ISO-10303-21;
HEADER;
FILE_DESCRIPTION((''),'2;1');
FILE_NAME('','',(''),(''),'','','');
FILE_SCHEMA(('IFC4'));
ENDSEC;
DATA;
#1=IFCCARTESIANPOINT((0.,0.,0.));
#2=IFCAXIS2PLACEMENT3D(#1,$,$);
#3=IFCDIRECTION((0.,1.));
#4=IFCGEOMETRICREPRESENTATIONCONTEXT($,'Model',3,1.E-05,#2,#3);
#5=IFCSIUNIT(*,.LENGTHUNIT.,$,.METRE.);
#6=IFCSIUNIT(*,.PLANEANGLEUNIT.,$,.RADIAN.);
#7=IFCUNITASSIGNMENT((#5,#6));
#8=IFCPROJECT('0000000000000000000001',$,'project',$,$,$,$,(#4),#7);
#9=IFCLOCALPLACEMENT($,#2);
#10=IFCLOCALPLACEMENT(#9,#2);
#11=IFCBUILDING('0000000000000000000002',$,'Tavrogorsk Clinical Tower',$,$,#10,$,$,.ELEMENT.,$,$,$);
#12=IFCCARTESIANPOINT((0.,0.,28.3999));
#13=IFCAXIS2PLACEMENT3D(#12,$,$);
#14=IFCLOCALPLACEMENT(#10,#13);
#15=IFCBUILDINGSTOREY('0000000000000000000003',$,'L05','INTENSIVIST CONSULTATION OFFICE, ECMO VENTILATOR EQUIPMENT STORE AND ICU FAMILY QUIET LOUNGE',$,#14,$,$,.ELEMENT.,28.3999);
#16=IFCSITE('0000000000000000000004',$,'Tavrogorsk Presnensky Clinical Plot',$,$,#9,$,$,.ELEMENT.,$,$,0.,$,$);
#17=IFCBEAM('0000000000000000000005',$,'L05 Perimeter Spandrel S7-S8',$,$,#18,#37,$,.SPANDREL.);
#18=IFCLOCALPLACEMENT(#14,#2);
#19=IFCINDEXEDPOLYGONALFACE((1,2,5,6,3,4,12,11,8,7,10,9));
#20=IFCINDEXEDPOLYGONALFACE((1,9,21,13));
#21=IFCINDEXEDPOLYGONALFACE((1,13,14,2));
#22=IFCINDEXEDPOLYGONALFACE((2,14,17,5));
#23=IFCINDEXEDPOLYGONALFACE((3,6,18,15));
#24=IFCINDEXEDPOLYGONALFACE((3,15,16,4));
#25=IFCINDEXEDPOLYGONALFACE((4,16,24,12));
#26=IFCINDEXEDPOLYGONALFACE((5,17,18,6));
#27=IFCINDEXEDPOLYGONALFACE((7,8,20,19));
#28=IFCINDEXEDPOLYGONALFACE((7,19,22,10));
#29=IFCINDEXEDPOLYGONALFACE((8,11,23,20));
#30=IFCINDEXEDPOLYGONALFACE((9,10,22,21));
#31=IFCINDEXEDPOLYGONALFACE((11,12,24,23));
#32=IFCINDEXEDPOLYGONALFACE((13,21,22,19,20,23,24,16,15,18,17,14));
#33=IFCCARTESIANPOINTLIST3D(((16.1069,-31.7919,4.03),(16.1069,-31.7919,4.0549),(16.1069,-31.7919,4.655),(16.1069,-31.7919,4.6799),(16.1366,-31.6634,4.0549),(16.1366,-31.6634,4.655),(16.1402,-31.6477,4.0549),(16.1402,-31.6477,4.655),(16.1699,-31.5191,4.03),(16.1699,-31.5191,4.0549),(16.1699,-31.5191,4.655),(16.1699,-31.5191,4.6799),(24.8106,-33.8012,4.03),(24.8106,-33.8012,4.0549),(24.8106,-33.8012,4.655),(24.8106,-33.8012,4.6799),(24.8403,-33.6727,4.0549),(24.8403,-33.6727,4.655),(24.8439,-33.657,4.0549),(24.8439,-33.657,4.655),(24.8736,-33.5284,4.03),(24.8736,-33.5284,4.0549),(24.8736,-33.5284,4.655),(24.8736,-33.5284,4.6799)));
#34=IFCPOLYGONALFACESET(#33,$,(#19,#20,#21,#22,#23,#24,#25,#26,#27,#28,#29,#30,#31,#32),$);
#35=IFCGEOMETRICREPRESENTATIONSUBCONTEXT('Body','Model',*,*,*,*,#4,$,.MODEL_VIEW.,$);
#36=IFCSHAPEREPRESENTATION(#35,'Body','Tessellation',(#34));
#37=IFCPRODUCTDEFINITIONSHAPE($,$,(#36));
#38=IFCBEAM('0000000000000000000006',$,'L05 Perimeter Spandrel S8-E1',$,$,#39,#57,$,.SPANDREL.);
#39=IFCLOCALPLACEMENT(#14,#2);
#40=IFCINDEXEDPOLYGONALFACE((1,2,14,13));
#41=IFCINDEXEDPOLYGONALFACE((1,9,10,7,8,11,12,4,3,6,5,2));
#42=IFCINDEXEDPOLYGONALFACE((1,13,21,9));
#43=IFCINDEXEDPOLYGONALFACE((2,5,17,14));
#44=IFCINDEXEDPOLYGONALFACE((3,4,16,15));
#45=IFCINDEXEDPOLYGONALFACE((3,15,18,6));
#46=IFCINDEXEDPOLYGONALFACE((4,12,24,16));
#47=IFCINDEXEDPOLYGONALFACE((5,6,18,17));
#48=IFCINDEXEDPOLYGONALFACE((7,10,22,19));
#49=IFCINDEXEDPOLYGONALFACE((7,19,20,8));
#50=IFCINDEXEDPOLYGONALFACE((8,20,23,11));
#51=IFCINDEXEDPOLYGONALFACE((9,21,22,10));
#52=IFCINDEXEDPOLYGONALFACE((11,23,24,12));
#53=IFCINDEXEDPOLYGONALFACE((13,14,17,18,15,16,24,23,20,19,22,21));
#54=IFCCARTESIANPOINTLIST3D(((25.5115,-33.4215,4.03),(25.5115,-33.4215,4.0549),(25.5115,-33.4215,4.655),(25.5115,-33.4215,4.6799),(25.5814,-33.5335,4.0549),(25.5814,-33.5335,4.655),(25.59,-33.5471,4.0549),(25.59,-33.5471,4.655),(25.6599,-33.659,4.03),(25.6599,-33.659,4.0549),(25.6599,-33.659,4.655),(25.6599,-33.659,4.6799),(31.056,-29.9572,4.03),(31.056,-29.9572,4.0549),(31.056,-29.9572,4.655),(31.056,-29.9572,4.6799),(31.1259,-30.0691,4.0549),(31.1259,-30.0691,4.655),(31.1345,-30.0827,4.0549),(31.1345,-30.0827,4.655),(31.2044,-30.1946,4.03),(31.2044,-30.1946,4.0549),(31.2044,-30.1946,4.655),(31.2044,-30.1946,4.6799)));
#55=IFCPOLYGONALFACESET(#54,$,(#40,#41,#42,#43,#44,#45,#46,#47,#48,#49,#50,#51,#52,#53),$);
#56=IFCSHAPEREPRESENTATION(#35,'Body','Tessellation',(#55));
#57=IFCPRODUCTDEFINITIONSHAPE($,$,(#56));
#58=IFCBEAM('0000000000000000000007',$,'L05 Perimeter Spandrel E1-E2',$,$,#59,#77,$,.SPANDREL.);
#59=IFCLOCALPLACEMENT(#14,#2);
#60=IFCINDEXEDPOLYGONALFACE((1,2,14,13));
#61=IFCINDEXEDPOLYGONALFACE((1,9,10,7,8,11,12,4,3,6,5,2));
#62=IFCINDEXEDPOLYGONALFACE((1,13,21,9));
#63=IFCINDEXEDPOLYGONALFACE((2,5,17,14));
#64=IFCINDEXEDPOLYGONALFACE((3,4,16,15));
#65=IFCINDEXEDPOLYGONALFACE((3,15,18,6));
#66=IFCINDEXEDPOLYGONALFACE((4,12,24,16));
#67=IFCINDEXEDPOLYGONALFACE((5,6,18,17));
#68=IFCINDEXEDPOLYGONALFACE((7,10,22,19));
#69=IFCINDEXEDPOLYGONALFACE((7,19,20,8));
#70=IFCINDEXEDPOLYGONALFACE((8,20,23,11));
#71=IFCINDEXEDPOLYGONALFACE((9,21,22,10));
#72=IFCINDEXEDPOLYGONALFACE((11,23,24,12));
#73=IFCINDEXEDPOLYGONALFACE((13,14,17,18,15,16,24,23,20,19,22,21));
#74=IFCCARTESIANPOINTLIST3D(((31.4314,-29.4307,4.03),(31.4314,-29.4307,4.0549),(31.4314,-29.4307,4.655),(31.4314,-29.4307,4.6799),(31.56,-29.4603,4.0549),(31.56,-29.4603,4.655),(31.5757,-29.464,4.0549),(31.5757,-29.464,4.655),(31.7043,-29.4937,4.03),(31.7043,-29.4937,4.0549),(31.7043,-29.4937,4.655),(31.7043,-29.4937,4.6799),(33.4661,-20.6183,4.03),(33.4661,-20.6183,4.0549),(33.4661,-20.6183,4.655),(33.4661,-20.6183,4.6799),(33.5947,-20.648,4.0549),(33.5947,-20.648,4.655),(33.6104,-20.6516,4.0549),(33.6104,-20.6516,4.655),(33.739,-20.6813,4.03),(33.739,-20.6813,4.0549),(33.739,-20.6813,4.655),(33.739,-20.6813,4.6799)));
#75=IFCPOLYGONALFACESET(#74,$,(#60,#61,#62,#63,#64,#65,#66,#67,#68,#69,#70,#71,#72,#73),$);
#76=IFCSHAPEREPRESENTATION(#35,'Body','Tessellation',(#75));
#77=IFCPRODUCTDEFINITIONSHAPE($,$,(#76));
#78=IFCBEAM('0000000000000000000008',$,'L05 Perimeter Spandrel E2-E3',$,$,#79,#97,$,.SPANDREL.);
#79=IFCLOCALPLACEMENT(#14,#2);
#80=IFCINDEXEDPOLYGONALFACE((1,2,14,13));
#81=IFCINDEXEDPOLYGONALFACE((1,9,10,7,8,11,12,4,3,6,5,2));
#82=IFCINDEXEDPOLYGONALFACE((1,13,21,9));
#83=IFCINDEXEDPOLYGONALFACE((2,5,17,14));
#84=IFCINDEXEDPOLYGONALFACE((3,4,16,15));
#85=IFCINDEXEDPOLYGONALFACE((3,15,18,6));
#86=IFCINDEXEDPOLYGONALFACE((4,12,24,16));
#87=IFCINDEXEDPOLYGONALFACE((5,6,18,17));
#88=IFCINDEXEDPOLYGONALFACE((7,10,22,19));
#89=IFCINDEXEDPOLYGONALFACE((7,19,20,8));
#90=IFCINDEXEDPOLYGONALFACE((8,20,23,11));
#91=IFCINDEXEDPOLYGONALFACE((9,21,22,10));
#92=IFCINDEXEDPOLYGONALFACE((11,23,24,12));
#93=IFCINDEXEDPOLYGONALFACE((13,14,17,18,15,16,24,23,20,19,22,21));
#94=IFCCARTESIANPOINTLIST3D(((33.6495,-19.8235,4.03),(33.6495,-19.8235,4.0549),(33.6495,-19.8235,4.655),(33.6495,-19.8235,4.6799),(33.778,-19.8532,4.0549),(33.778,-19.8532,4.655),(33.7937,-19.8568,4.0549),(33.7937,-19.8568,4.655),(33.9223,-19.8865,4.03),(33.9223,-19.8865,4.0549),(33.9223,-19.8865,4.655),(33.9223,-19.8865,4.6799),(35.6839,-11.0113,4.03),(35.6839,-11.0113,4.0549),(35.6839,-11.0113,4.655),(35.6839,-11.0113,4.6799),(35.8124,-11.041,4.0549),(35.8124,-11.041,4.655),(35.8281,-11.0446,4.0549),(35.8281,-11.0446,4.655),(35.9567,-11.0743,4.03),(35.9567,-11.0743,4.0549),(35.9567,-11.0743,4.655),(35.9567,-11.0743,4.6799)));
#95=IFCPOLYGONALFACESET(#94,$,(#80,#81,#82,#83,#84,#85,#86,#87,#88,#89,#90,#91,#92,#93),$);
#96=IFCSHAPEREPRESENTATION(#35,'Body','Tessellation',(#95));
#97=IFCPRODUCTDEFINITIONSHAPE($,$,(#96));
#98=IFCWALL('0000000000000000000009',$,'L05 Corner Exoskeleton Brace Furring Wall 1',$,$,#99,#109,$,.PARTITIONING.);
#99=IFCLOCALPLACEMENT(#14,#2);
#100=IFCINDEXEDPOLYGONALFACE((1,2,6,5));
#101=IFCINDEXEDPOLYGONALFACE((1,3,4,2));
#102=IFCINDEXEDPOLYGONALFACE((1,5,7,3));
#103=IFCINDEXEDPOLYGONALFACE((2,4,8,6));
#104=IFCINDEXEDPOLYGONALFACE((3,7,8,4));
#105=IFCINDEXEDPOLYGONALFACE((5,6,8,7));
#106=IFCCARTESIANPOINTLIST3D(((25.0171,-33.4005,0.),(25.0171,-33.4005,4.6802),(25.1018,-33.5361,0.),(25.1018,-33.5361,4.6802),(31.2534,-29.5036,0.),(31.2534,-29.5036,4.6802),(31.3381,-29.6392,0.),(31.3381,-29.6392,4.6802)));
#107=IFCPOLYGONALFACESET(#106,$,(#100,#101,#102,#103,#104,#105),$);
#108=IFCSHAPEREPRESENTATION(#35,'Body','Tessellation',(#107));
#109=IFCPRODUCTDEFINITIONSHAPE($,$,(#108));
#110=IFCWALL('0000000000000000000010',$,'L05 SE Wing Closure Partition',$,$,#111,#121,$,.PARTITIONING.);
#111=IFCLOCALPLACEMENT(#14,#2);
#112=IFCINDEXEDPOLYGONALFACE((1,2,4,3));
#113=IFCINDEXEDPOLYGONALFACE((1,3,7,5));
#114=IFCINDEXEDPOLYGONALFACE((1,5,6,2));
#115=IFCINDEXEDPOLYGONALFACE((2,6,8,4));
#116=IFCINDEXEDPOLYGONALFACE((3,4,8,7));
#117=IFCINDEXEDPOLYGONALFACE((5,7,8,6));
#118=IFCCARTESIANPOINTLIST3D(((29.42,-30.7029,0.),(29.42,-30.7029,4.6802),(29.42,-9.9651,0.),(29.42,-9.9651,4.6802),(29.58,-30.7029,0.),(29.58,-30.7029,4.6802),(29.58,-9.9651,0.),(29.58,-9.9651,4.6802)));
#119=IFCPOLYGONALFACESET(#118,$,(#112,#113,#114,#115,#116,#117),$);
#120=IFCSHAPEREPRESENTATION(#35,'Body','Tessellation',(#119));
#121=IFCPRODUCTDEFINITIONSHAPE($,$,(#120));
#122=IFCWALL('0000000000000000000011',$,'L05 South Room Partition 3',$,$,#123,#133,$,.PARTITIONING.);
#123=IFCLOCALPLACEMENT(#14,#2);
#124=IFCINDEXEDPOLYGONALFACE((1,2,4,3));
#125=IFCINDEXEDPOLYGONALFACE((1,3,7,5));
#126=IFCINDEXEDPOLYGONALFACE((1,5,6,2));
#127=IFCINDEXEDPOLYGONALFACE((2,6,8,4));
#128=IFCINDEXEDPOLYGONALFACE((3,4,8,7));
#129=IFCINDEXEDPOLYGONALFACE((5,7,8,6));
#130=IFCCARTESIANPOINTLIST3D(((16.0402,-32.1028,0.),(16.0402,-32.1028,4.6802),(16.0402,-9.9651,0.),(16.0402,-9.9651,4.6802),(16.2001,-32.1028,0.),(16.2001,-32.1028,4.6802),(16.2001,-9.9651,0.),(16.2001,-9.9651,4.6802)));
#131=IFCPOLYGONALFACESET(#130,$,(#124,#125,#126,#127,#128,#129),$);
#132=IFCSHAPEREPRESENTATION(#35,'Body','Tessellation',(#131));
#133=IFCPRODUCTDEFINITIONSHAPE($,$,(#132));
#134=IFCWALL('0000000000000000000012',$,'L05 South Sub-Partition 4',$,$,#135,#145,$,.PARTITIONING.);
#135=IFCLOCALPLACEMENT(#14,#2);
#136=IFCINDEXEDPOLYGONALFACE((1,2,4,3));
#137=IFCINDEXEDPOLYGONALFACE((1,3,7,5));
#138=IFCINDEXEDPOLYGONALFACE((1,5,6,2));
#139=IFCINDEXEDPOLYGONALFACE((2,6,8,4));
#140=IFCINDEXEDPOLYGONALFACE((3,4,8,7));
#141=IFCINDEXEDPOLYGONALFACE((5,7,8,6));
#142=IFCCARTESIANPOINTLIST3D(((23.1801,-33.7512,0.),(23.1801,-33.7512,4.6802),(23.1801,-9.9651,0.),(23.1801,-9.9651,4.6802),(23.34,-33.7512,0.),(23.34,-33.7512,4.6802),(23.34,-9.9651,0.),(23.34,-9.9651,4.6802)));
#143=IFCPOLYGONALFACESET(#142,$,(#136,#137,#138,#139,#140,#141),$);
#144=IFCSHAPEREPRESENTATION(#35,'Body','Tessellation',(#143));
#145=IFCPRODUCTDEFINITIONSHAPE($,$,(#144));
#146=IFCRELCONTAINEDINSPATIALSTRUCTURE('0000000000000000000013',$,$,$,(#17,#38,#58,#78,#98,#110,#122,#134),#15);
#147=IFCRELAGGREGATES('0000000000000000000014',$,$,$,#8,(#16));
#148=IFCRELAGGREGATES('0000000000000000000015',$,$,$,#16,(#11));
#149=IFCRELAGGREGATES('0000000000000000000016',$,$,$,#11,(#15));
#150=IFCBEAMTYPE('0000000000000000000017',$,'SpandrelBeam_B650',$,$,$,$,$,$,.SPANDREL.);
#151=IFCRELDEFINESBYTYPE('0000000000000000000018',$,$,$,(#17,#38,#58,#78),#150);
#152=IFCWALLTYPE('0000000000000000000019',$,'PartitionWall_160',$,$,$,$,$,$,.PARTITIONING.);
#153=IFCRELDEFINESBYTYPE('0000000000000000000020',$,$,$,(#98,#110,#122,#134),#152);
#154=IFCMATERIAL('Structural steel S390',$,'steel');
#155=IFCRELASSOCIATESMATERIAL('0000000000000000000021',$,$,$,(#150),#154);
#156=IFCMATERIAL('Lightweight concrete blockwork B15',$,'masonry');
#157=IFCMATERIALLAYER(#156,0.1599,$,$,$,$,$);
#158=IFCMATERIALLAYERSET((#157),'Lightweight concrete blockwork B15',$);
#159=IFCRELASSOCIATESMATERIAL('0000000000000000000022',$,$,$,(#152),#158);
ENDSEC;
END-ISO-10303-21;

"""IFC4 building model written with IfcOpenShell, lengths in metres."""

from ifc_helpers import new_model, si_unit, direction, frame, frame_2d, origin, origin_2d, place, context, subcontext, project, spatial, rectangle, i_section, extrude, material, layer, layer_set, material_profile, profile_set, type_object, element, save


model = new_model("IFC4")

# Units and contexts
model_context = context("Model", 3, precision=1e-05, world=origin(), true_north=direction((0.0, 1.0)))
body_context = subcontext(model_context, "Body", "Model", "MODEL_VIEW")
ifc_project = project(units=[si_unit("LENGTHUNIT", "METRE"), si_unit("PLANEANGLEUNIT", "RADIAN")], contexts=[model_context])

# Site, building, storey
site_placement = place(None, origin())
site = spatial("IfcSite", under=ifc_project, at=site_placement, Name="Tavrogorsk Presnensky Clinical Plot", CompositionType="ELEMENT", RefElevation=0.0)
building_placement = place(site_placement, origin())
building = spatial("IfcBuilding", under=site, at=building_placement, Name="Tavrogorsk Clinical Tower", CompositionType="ELEMENT")
storey_placement = place(building_placement, frame((0.0, 0.0, 28.3999)))
storey = spatial("IfcBuildingStorey", under=building, at=storey_placement, Name="L05", Description="INTENSIVIST CONSULTATION OFFICE, ECMO VENTILATOR EQUIPMENT STORE AND ICU FAMILY QUIET LOUNGE", CompositionType="ELEMENT", Elevation=28.3999)

# Beams
ifc_material_1 = material(Name="Structural steel S390", Category="steel")
ifc_material_profile_1 = material_profile(ifc_material_1, i_section(OverallWidth=0.28, OverallDepth=0.6499, WebThickness=0.0161, FlangeThickness=0.0249, at=origin_2d()), Name="B-650x280x16x25")
ifc_profile_set_1 = profile_set([ifc_material_profile_1], Name="Structural steel S390")
beam_type_1 = type_object("IfcBeamType", Name="SpandrelBeam_B650", PredefinedType="SPANDREL", material=ifc_profile_set_1)
beam_1_placement = place(storey_placement, frame((16.1384, -31.6555, 4.355), z_axis=(0.974373, -0.224939, 0.0), x_axis=(0.224939, 0.974373, 0.0)))
element("IfcBeam", 1, at=beam_1_placement, inside=storey, type_object=beam_type_1, Name="L05 Perimeter Spandrel S7-S8", PredefinedType="SPANDREL", context=body_context, shape_type="SweptSolid", body=[
    extrude(i_section(OverallWidth=0.28, OverallDepth=0.6499, WebThickness=0.0161, FlangeThickness=0.0249, at=origin_2d()), origin(), (0.0, 0.0, 1.0), 8.9326),
])
beam_2_placement = place(storey_placement, frame((25.5857, -33.5403, 4.355), z_axis=(0.848061, 0.529898, 0.0), x_axis=(-0.529898, 0.848061, 0.0)))
element("IfcBeam", 2, at=beam_2_placement, inside=storey, type_object=beam_type_1, Name="L05 Perimeter Spandrel S8-E1", PredefinedType="SPANDREL", context=body_context, shape_type="SweptSolid", body=[
    extrude(i_section(OverallWidth=0.28, OverallDepth=0.6499, WebThickness=0.0161, FlangeThickness=0.0249, at=origin_2d()), origin(), (0.0, 0.0, 1.0), 6.5378),
])
beam_3_placement = place(storey_placement, frame((31.5679, -29.4622, 4.355), z_axis=(0.224972, 0.974365, 0.0), x_axis=(-0.974365, 0.224972, 0.0)))
element("IfcBeam", 3, at=beam_3_placement, inside=storey, type_object=beam_type_1, Name="L05 Perimeter Spandrel E1-E2", PredefinedType="SPANDREL", context=body_context, shape_type="SweptSolid", body=[
    extrude(i_section(OverallWidth=0.28, OverallDepth=0.6499, WebThickness=0.0161, FlangeThickness=0.0249, at=origin_2d()), origin(), (0.0, 0.0, 1.0), 9.0442),
])
beam_4_placement = place(storey_placement, frame((33.7859, -19.855, 4.355), z_axis=(0.224946, 0.974371, 0.0), x_axis=(-0.974371, 0.224946, 0.0)))
element("IfcBeam", 4, at=beam_4_placement, inside=storey, type_object=beam_type_1, Name="L05 Perimeter Spandrel E2-E3", PredefinedType="SPANDREL", context=body_context, shape_type="SweptSolid", body=[
    extrude(i_section(OverallWidth=0.28, OverallDepth=0.6499, WebThickness=0.0161, FlangeThickness=0.0249, at=origin_2d()), origin(), (0.0, 0.0, 1.0), 9.0439),
])

# Walls
ifc_material_2 = material(Name="Lightweight concrete blockwork B15", Category="masonry")
ifc_layer_1 = layer(ifc_material_2, 0.1599)
ifc_layer_set_1 = layer_set([ifc_layer_1], Name="Lightweight concrete blockwork B15")
wall_type_1 = type_object("IfcWallType", Name="PartitionWall_160", PredefinedType="PARTITIONING", material=ifc_layer_set_1)
wall_1_placement = place(storey_placement, frame((25.0596, -33.4683, 0.0), z_axis=(0.0, 0.0, 1.0), x_axis=(0.848043, 0.529927, 0.0)))
element("IfcWall", 5, at=wall_1_placement, inside=storey, type_object=wall_type_1, Name="L05 Corner Exoskeleton Brace Furring Wall 1", PredefinedType="PARTITIONING", context=body_context, shape_type="SweptSolid", body=[
    extrude(rectangle(XDim=7.3538, YDim=0.1599, at=frame_2d((3.6768, 0.0))), origin(), (0.0, 0.0, 1.0), 4.6802),
])
wall_2_placement = place(storey_placement, frame((29.5, -30.7029, 0.0), z_axis=(0.0, 0.0, 1.0), x_axis=(0.0, 1.0, 0.0)))
element("IfcWall", 6, at=wall_2_placement, inside=storey, type_object=wall_type_1, Name="L05 SE Wing Closure Partition", PredefinedType="PARTITIONING", context=body_context, shape_type="SweptSolid", body=[
    extrude(rectangle(XDim=20.7378, YDim=0.1599, at=frame_2d((10.3689, 0.0))), origin(), (0.0, 0.0, 1.0), 4.6802),
])
wall_3_placement = place(storey_placement, frame((16.1201, -32.1028, 0.0), z_axis=(0.0, 0.0, 1.0), x_axis=(0.0, 1.0, 0.0)))
element("IfcWall", 7, at=wall_3_placement, inside=storey, type_object=wall_type_1, Name="L05 South Room Partition 3", PredefinedType="PARTITIONING", context=body_context, shape_type="SweptSolid", body=[
    extrude(rectangle(XDim=22.1377, YDim=0.1599, at=frame_2d((11.0688, 0.0))), origin(), (0.0, 0.0, 1.0), 4.6802),
])
wall_4_placement = place(storey_placement, frame((23.26, -33.7512, 0.0), z_axis=(0.0, 0.0, 1.0), x_axis=(0.0, 1.0, 0.0)))
element("IfcWall", 8, at=wall_4_placement, inside=storey, type_object=wall_type_1, Name="L05 South Sub-Partition 4", PredefinedType="PARTITIONING", context=body_context, shape_type="SweptSolid", body=[
    extrude(rectangle(XDim=23.7861, YDim=0.1599, at=frame_2d((11.8931, 0.0))), origin(), (0.0, 0.0, 1.0), 4.6802),
])

save(model, "model.ifc")
